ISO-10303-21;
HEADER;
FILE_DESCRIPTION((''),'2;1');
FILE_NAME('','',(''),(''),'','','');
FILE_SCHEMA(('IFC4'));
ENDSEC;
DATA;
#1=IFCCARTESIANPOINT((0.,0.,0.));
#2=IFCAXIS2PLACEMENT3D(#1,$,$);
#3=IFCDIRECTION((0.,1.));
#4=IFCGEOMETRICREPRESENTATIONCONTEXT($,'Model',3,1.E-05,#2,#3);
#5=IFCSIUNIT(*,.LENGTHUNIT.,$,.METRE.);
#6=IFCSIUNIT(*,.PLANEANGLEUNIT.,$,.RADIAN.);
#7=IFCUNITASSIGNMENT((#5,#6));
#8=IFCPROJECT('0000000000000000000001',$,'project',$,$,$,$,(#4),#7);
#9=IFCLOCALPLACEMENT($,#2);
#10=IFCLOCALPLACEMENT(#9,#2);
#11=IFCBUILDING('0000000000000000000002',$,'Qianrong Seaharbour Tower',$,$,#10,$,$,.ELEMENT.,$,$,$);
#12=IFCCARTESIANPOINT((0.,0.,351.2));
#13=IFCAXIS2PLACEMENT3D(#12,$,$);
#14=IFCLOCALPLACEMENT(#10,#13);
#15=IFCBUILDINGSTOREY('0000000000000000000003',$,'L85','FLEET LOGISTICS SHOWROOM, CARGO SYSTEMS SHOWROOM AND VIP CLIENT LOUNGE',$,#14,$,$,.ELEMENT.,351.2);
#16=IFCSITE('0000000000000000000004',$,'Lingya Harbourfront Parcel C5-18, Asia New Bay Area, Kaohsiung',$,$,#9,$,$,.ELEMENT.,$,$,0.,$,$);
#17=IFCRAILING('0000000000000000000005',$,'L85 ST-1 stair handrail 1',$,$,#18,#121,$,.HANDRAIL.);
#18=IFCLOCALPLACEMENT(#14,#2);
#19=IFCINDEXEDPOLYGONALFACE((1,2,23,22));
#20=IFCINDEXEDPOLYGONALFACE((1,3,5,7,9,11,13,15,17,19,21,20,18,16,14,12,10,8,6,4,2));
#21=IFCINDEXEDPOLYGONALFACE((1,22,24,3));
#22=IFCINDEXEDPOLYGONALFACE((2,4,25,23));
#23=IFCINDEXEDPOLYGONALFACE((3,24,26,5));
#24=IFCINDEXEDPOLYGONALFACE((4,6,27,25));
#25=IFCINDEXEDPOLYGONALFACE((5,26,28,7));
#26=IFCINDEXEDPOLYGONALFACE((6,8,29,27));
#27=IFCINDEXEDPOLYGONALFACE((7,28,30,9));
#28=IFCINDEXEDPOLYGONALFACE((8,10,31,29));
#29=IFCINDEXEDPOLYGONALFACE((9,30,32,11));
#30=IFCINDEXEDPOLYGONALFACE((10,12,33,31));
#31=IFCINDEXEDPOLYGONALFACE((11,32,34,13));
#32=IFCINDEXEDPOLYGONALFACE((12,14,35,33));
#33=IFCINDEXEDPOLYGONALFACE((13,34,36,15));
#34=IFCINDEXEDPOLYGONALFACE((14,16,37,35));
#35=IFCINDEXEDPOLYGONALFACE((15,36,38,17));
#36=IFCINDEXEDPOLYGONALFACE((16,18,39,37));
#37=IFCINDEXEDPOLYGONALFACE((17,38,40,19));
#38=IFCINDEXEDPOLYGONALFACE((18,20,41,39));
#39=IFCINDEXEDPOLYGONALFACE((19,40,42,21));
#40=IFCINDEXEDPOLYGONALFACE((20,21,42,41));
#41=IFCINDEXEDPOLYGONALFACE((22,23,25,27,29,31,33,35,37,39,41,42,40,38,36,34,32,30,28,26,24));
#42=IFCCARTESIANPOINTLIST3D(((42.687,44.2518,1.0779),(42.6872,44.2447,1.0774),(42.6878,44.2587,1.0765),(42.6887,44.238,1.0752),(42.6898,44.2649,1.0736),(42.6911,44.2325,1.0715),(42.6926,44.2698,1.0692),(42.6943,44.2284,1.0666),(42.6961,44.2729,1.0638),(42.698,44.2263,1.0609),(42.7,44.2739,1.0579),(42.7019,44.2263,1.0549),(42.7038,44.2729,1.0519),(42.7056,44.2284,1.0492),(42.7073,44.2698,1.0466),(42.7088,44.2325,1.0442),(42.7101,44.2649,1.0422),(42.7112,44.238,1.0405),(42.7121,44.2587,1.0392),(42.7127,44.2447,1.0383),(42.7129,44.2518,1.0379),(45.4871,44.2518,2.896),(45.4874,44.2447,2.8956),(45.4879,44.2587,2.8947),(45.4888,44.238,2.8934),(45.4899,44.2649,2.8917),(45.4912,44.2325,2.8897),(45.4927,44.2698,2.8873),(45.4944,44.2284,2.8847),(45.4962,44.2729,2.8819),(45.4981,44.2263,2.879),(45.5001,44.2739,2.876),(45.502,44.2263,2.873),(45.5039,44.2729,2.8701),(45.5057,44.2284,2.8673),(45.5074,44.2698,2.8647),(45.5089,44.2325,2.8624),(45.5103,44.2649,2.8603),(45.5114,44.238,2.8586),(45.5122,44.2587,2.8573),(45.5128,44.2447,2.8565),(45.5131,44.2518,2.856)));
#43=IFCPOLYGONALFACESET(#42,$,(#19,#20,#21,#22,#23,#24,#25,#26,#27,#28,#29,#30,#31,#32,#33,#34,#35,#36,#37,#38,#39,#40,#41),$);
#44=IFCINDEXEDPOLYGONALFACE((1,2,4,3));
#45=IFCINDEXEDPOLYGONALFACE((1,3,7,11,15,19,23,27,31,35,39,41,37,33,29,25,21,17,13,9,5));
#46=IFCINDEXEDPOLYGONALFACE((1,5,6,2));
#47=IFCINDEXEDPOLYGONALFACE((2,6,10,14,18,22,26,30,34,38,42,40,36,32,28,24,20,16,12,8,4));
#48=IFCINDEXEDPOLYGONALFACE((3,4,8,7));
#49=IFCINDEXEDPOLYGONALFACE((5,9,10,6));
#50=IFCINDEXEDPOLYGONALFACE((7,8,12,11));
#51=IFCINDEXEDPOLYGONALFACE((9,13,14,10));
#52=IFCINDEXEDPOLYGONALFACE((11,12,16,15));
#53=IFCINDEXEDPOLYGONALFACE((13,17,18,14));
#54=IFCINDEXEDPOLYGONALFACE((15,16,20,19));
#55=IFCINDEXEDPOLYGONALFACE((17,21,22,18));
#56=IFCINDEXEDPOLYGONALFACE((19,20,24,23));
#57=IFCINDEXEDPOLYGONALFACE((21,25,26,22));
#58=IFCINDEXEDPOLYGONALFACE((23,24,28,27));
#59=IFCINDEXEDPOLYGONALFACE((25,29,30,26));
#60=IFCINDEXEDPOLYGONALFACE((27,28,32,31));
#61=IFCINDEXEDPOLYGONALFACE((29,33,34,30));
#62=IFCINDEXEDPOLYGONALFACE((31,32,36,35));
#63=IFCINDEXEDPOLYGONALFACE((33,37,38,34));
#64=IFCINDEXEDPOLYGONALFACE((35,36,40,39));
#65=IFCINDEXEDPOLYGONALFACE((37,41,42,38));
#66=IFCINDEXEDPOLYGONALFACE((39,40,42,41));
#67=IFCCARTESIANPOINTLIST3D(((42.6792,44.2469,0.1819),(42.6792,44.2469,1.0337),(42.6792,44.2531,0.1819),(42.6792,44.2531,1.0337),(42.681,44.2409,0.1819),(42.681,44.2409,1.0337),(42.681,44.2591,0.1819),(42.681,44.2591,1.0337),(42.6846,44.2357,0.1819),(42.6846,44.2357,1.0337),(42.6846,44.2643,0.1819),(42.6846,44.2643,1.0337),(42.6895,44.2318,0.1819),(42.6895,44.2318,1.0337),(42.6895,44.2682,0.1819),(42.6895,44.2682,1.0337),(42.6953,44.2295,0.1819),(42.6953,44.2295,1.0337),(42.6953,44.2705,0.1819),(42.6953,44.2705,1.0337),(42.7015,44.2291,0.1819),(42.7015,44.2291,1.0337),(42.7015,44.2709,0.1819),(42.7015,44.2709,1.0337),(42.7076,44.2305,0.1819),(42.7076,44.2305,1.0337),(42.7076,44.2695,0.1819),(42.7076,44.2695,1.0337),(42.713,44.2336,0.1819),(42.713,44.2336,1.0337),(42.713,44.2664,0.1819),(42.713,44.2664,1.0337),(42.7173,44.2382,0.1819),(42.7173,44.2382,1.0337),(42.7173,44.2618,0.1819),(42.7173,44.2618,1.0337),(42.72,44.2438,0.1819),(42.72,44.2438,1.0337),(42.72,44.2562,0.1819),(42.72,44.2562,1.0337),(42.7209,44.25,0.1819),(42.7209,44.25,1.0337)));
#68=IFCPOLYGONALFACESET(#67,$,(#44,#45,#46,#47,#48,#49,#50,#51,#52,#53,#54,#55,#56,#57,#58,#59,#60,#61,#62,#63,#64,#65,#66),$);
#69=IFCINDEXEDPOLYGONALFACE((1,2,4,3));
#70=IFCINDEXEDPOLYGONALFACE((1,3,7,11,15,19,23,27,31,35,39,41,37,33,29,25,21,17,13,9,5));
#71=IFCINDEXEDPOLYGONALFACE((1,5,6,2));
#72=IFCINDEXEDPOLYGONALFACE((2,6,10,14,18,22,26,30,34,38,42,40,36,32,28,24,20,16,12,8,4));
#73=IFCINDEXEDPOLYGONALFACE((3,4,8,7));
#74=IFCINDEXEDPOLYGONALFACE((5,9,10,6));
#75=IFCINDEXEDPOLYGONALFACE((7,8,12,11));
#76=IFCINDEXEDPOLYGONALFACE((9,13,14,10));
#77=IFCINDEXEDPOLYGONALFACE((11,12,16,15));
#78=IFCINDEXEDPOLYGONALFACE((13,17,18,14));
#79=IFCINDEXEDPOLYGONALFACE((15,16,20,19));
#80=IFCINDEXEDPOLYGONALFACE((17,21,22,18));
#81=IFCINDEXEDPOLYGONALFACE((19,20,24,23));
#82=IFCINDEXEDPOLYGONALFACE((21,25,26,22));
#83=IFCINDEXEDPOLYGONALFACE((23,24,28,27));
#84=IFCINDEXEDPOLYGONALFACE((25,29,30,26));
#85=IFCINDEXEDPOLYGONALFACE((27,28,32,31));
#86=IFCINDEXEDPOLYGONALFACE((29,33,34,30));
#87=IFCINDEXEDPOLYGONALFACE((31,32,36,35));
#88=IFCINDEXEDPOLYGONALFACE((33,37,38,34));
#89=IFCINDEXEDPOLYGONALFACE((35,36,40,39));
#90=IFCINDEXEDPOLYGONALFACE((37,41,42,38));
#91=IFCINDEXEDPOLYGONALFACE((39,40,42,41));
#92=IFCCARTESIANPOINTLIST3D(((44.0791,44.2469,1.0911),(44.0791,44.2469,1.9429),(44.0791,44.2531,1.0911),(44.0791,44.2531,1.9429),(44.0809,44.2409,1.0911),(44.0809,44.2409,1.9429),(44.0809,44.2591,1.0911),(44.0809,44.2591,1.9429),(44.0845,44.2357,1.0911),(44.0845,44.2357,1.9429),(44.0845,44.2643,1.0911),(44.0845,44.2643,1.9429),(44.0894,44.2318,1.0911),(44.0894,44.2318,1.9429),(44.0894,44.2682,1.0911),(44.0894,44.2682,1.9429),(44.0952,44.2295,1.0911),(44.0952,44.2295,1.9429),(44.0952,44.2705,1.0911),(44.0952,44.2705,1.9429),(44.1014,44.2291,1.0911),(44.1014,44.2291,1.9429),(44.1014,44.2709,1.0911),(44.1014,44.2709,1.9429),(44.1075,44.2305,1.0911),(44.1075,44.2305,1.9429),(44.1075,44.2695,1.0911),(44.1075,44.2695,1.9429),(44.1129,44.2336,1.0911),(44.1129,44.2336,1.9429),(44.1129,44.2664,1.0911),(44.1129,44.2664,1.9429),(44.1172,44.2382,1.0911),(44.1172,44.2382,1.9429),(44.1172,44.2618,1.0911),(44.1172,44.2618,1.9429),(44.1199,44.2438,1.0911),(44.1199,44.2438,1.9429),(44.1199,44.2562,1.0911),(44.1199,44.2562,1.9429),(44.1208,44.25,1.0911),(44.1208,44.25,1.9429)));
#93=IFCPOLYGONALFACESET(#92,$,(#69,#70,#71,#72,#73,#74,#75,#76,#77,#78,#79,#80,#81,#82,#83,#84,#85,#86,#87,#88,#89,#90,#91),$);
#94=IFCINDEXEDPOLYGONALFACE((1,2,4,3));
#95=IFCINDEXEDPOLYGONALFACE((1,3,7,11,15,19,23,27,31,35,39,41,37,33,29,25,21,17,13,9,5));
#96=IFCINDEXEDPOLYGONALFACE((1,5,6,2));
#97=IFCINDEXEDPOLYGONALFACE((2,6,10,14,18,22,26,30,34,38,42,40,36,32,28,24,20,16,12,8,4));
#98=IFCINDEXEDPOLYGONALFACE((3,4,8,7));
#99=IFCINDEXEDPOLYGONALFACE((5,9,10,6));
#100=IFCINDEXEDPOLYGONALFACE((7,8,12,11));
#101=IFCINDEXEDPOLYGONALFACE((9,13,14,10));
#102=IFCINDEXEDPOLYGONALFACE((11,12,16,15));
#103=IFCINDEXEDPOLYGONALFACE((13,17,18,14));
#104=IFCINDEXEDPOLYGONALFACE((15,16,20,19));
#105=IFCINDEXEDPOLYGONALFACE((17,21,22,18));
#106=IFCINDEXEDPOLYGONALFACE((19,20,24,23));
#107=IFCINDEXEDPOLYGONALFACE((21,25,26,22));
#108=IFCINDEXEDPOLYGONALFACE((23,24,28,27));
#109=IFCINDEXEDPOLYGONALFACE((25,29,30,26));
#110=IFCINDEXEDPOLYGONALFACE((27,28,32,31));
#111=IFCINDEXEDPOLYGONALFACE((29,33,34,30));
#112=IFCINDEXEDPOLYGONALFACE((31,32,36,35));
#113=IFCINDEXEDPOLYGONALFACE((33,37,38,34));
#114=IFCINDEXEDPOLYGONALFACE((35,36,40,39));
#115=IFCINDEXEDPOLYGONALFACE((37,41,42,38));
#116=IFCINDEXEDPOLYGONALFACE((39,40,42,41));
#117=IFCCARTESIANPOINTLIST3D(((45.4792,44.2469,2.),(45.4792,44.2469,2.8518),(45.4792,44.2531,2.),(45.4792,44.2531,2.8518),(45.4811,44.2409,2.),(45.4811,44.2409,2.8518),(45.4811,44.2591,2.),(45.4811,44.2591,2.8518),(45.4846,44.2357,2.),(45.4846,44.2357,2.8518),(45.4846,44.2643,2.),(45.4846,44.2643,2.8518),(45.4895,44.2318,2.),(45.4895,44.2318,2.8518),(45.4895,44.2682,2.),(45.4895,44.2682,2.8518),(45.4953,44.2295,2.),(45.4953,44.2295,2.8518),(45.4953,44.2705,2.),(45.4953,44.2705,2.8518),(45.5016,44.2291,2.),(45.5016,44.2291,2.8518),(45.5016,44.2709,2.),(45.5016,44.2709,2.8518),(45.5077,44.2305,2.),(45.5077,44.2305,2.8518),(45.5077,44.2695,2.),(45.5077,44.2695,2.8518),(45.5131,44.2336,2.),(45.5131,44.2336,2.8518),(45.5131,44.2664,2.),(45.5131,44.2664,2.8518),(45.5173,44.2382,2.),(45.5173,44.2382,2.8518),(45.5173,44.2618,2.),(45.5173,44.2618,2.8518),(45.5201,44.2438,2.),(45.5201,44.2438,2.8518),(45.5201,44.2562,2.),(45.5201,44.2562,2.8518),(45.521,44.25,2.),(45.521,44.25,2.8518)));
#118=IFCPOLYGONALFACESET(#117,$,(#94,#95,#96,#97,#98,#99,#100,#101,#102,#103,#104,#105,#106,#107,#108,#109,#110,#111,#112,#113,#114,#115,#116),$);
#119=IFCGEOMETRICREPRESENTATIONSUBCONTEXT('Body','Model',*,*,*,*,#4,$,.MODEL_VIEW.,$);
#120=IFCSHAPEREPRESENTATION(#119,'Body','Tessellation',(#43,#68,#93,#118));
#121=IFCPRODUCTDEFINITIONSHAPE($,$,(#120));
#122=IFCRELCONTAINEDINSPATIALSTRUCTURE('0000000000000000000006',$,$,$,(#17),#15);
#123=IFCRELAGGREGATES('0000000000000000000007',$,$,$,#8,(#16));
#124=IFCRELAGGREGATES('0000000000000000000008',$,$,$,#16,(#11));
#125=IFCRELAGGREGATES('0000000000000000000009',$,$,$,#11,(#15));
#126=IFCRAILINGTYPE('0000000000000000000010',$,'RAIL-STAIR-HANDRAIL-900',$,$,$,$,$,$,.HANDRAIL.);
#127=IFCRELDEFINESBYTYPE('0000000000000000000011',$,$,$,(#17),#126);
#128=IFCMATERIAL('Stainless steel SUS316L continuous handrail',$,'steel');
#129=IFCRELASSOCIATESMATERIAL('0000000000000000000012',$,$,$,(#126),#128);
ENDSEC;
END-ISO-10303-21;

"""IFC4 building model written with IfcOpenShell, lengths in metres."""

from ifc_helpers import new_model, si_unit, direction, frame, origin, origin_2d, place, context, subcontext, project, spatial, circle, extrude, material, type_object, element, save


model = new_model("IFC4")

# Units and contexts
model_context = context("Model", 3, precision=1e-05, world=origin(), true_north=direction((0.0, 1.0)))
body_context = subcontext(model_context, "Body", "Model", "MODEL_VIEW")
ifc_project = project(units=[si_unit("LENGTHUNIT", "METRE"), si_unit("PLANEANGLEUNIT", "RADIAN")], contexts=[model_context])

# Site, building, storey
site_placement = place(None, origin())
site = spatial("IfcSite", under=ifc_project, at=site_placement, Name="Lingya Harbourfront Parcel C5-18, Asia New Bay Area, Kaohsiung", CompositionType="ELEMENT", RefElevation=0.0)
building_placement = place(site_placement, origin())
building = spatial("IfcBuilding", under=site, at=building_placement, Name="Qianrong Seaharbour Tower", CompositionType="ELEMENT")
storey_placement = place(building_placement, frame((0.0, 0.0, 351.2)))
storey = spatial("IfcBuildingStorey", under=building, at=storey_placement, Name="L85", Description="FLEET LOGISTICS SHOWROOM, CARGO SYSTEMS SHOWROOM AND VIP CLIENT LOUNGE", CompositionType="ELEMENT", Elevation=351.2)

# Railing
ifc_material_1 = material(Name="Stainless steel SUS316L continuous handrail", Category="steel")
railing_type_1 = type_object("IfcRailingType", Name="RAIL-STAIR-HANDRAIL-900", PredefinedType="HANDRAIL", material=ifc_material_1)
railing_1_placement = place(storey_placement, frame((42.7, 44.25, 0.1819)))
element("IfcRailing", 1, at=railing_1_placement, inside=storey, type_object=railing_type_1, Name="L85 ST-1 stair handrail 1", PredefinedType="HANDRAIL", context=body_context, shape_type="SweptSolid", body=[
    extrude(circle(Radius=0.0239, at=origin_2d()), frame((0.0, 0.0, 0.876), z_axis=(0.838706, 0.0, 0.544585), x_axis=(0.0, 1.0, 0.0)), (0.0, 0.0, 1.0), 3.3386),
    extrude(circle(Radius=0.021, at=origin_2d()), origin(), (0.0, 0.0, 1.0), 0.8518),
    extrude(circle(Radius=0.021, at=origin_2d()), frame((1.3999, 0.0, 0.9092)), (0.0, 0.0, 1.0), 0.8518),
    extrude(circle(Radius=0.021, at=origin_2d()), frame((2.8, 0.0, 1.8181)), (0.0, 0.0, 1.0), 0.8518),
])

save(model, "model.ifc")
